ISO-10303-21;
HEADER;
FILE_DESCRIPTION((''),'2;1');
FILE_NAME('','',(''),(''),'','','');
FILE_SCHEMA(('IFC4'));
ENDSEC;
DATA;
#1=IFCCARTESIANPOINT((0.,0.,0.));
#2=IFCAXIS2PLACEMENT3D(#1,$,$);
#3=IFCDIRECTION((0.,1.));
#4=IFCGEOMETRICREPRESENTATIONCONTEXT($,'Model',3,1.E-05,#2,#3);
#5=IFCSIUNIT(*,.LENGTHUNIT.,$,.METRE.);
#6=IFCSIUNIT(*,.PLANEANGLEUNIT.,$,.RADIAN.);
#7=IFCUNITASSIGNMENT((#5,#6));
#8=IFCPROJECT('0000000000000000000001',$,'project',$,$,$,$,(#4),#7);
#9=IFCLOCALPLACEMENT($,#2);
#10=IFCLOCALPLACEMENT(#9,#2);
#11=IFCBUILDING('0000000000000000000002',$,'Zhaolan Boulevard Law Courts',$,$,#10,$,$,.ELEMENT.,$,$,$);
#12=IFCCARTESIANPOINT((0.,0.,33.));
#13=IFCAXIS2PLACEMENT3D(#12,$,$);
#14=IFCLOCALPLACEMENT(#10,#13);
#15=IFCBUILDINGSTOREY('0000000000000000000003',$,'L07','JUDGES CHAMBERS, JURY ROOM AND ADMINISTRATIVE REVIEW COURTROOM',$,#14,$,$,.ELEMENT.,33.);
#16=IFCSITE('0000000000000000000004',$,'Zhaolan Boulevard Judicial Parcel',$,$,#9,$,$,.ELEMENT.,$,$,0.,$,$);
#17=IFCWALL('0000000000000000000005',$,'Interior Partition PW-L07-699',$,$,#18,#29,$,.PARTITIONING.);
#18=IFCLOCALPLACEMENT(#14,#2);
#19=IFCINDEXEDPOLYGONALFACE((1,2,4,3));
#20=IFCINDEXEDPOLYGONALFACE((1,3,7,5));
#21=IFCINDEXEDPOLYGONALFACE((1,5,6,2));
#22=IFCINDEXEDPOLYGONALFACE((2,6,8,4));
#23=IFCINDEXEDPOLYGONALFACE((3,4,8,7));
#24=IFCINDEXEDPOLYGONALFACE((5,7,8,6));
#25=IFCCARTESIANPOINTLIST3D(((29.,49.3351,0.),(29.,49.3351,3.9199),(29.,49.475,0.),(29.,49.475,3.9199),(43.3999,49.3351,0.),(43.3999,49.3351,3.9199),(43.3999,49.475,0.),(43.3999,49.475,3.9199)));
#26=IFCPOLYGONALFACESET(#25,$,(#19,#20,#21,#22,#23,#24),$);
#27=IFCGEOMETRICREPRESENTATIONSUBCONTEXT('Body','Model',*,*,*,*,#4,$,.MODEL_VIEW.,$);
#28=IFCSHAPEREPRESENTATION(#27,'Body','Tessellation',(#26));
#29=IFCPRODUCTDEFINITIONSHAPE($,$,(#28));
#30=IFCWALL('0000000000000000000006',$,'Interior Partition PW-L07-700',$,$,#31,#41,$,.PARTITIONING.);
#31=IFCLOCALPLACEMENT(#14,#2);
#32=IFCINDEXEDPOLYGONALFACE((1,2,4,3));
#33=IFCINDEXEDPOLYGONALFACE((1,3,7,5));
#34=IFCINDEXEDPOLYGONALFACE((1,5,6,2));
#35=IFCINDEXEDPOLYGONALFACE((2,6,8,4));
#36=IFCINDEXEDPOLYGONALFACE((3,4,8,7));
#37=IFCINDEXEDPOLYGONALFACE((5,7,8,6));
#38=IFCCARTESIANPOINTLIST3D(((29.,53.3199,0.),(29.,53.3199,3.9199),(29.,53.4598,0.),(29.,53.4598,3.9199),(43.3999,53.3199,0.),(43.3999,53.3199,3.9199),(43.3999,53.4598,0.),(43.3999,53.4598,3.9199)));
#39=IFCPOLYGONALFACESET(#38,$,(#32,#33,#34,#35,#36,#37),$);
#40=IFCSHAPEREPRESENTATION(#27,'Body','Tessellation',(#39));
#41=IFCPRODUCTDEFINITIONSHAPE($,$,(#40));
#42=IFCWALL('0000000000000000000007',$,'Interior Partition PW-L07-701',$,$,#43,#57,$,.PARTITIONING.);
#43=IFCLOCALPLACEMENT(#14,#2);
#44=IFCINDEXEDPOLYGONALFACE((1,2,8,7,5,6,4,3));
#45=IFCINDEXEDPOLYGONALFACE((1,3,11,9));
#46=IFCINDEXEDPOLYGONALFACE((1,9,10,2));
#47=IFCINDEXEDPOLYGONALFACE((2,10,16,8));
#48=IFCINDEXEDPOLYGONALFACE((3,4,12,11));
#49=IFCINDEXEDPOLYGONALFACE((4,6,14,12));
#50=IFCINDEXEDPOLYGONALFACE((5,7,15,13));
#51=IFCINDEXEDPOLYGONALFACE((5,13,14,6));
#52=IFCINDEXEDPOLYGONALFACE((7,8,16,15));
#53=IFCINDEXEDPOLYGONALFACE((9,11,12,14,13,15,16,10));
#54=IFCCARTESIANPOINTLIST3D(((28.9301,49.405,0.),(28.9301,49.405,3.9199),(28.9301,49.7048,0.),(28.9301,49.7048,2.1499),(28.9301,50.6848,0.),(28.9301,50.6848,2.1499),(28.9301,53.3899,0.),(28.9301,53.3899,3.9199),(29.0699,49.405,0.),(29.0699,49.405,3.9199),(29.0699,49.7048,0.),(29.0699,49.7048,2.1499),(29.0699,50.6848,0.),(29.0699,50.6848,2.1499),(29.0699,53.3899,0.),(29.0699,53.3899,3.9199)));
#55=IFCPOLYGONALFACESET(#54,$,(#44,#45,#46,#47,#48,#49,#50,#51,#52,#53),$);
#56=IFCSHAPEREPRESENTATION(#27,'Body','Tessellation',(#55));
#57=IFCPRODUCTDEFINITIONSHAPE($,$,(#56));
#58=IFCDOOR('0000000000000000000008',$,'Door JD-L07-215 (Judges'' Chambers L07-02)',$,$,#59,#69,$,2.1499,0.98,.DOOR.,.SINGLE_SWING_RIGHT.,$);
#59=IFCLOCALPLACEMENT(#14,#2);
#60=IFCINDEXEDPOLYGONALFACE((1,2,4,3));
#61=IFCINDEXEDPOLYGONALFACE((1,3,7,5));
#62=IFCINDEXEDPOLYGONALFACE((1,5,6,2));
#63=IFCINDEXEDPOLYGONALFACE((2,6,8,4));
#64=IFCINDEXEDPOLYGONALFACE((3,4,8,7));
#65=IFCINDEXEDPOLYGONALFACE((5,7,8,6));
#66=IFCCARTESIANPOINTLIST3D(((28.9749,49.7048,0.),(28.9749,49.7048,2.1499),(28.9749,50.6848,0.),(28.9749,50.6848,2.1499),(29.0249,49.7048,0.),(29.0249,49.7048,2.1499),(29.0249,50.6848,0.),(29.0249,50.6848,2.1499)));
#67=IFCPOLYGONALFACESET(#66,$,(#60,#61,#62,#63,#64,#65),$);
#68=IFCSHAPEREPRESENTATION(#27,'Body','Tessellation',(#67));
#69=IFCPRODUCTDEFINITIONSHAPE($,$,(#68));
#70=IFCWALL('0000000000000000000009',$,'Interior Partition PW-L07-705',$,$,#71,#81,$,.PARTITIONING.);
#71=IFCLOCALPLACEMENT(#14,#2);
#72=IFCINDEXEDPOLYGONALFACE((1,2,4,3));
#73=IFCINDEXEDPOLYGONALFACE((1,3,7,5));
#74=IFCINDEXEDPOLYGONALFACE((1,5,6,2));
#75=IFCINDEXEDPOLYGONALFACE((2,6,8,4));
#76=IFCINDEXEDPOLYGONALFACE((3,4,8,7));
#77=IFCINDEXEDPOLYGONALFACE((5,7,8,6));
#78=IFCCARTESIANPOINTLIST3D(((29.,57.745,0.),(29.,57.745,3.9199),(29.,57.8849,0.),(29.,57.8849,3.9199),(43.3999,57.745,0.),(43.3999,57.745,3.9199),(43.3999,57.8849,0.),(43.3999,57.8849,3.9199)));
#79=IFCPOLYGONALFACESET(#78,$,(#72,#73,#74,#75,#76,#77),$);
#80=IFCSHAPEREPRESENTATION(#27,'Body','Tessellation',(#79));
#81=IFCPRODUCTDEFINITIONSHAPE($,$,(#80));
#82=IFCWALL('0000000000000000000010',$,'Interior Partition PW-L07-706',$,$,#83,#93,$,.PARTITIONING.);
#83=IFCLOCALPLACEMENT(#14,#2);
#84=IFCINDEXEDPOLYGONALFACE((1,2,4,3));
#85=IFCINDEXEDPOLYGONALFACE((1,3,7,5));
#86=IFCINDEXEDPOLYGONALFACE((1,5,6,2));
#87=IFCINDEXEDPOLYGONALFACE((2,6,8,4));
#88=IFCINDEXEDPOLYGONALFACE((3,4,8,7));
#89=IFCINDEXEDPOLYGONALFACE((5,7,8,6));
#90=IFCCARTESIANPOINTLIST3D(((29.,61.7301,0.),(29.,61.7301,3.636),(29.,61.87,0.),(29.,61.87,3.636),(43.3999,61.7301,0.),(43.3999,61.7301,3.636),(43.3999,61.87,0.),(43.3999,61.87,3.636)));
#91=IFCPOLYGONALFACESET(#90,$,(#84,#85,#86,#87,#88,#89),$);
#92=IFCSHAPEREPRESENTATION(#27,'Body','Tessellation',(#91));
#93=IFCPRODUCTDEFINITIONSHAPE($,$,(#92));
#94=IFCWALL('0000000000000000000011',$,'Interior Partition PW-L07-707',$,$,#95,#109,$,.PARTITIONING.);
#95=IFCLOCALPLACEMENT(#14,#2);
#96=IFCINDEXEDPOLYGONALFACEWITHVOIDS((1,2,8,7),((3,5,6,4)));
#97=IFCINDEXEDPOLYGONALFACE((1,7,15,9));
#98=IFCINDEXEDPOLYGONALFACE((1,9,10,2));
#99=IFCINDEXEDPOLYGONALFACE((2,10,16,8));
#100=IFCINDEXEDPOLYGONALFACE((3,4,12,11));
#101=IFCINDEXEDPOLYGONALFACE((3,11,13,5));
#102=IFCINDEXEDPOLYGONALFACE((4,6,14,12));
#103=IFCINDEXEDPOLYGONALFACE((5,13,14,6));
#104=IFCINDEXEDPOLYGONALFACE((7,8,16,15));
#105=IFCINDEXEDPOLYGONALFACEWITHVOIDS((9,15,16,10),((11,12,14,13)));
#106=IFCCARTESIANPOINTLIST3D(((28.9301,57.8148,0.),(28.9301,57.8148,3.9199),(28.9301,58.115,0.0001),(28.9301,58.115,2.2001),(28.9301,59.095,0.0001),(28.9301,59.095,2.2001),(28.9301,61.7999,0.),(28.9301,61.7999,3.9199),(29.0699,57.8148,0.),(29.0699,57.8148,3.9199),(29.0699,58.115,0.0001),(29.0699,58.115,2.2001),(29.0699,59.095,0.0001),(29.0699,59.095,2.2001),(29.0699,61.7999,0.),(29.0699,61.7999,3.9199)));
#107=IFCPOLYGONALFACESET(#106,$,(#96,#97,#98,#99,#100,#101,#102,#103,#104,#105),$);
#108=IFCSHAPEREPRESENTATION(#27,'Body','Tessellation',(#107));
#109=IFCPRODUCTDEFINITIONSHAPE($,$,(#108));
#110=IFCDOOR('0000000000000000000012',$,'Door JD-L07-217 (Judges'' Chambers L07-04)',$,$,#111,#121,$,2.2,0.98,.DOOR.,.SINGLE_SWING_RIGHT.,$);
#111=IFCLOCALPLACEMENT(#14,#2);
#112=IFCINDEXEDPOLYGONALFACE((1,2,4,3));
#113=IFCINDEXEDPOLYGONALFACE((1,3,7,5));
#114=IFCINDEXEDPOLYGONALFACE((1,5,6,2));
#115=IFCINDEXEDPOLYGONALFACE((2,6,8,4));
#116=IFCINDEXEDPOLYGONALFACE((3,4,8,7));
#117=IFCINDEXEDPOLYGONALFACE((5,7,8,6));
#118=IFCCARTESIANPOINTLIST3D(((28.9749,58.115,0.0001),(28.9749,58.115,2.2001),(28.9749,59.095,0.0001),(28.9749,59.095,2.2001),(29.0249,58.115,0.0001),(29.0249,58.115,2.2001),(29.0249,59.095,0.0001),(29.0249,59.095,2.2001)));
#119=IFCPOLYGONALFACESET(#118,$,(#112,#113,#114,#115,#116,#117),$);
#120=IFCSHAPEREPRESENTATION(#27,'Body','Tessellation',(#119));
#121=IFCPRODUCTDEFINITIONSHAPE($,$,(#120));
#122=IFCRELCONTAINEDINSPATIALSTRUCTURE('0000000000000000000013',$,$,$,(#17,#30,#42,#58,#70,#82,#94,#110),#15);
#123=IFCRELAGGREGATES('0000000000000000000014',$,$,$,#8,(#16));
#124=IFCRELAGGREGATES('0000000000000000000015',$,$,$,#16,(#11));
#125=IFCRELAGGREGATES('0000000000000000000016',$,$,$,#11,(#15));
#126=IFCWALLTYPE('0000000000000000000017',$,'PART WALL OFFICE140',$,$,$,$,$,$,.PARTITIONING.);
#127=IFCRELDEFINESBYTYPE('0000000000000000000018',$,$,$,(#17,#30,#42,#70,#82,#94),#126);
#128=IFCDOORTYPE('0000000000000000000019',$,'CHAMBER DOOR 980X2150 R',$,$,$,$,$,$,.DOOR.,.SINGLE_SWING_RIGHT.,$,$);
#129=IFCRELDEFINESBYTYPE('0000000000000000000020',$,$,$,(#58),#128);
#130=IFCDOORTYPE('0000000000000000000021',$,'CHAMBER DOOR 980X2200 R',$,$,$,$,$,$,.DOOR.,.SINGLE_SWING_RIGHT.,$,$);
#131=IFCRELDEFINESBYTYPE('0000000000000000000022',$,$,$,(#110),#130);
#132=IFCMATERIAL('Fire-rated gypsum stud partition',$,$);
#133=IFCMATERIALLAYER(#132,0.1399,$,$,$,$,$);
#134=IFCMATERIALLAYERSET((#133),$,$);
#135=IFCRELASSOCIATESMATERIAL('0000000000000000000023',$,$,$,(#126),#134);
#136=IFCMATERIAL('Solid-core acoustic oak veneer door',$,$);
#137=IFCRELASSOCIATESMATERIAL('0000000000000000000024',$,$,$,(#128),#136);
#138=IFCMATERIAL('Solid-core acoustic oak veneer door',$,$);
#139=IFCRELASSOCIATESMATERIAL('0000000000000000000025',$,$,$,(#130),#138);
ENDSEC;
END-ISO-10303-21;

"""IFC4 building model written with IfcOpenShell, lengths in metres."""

from ifc_helpers import new_model, si_unit, direction, frame, frame_2d, origin, place, context, subcontext, project, spatial, rectangle, extrude, material, layer, layer_set, type_object, element, fill, save


model = new_model("IFC4")

# Units and contexts
model_context = context("Model", 3, precision=1e-05, world=origin(), true_north=direction((0.0, 1.0)))
body_context = subcontext(model_context, "Body", "Model", "MODEL_VIEW")
ifc_project = project(units=[si_unit("LENGTHUNIT", "METRE"), si_unit("PLANEANGLEUNIT", "RADIAN")], contexts=[model_context])

# Site, building, storey
site_placement = place(None, origin())
site = spatial("IfcSite", under=ifc_project, at=site_placement, Name="Zhaolan Boulevard Judicial Parcel", CompositionType="ELEMENT", RefElevation=0.0)
building_placement = place(site_placement, origin())
building = spatial("IfcBuilding", under=site, at=building_placement, Name="Zhaolan Boulevard Law Courts", CompositionType="ELEMENT")
storey_placement = place(building_placement, frame((0.0, 0.0, 33.0)))
storey = spatial("IfcBuildingStorey", under=building, at=storey_placement, Name="L07", Description="JUDGES CHAMBERS, JURY ROOM AND ADMINISTRATIVE REVIEW COURTROOM", CompositionType="ELEMENT", Elevation=33.0)

# Walls
ifc_material_1 = material(Name="Fire-rated gypsum stud partition")
ifc_layer_1 = layer(ifc_material_1, 0.1399)
ifc_layer_set_1 = layer_set([ifc_layer_1])
wall_type_1 = type_object("IfcWallType", Name="PART WALL OFFICE140", PredefinedType="PARTITIONING", material=ifc_layer_set_1)
for number, where, z_axis, x_axis, name in (
    (1, (29.0, 49.405, 0.0), (0.0, 0.0, 1.0), (1.0, 0.0, 0.0), "Interior Partition PW-L07-699"),
    (2, (43.3999, 53.3899, 0.0), (0.0, 0.0, 1.0), (-1.0, 0.0, 0.0), "Interior Partition PW-L07-700"),
):
    element("IfcWall", number, at=place(storey_placement, frame(where, z_axis=z_axis, x_axis=x_axis)), inside=storey, type_object=wall_type_1, Name=name, PredefinedType="PARTITIONING", context=body_context, shape_type="SweptSolid", body=[
        extrude(rectangle(XDim=14.3999, YDim=0.1399, at=frame_2d((7.2, 0.0))), origin(), (0.0, 0.0, 1.0), 3.9199),
    ])

# Wall, opening, door
wall_1_placement = place(storey_placement, frame((29.0, 53.3899, 0.0), z_axis=(0.0, 0.0, 1.0), x_axis=(0.0, -1.0, 0.0)))
wall_1 = element("IfcWall", 3, at=wall_1_placement, inside=storey, type_object=wall_type_1, Name="Interior Partition PW-L07-701", PredefinedType="PARTITIONING", context=body_context, shape_type="SweptSolid", body=[
    extrude(rectangle(XDim=3.9849, YDim=0.1399, at=frame_2d((1.9924, 0.0))), origin(), (0.0, 0.0, 1.0), 3.9199),
])
opening_1_placement = place(wall_1_placement, frame((2.7051, 0.0, 0.0)))
opening_1 = element("IfcOpeningElement", 4, at=opening_1_placement, cuts=wall_1, PredefinedType="OPENING", context=body_context, shape_type="SweptSolid", body=[
    extrude(rectangle(XDim=0.98, YDim=2.1499, at=frame_2d((0.49, 1.075))), frame((0.0, 0.0798, 0.0), z_axis=(0.0, -1.0, 0.0), x_axis=(1.0, 0.0, 0.0)), (0.0, 0.0, 1.0), 0.1599),
])
ifc_material_2 = material(Name="Solid-core acoustic oak veneer door")
door_type_1 = type_object("IfcDoorType", Name="CHAMBER DOOR 980X2150 R", OperationType="SINGLE_SWING_RIGHT", PredefinedType="DOOR", material=ifc_material_2)
door_1_placement = place(opening_1_placement, origin())
door_1 = element("IfcDoor", 5, at=door_1_placement, inside=storey, type_object=door_type_1, Name="Door JD-L07-215 (Judges' Chambers L07-02)", OperationType="SINGLE_SWING_RIGHT", OverallHeight=2.1499, OverallWidth=0.98, PredefinedType="DOOR", context=body_context, shape_type="SweptSolid", body=[
    extrude(rectangle(XDim=0.98, YDim=2.1499, at=frame_2d((0.49, 1.075))), frame((0.0, 0.0249, 0.0), z_axis=(0.0, -1.0, 0.0), x_axis=(1.0, 0.0, 0.0)), (0.0, 0.0, 1.0), 0.05),
])
fill(opening_1, door_1)

# Walls
wall_2_placement = place(storey_placement, frame((29.0, 57.8149, 0.0), z_axis=(0.0, 0.0, 1.0), x_axis=(1.0, 0.0, 0.0)))
element("IfcWall", 6, at=wall_2_placement, inside=storey, type_object=wall_type_1, Name="Interior Partition PW-L07-705", PredefinedType="PARTITIONING", context=body_context, shape_type="SweptSolid", body=[
    extrude(rectangle(XDim=14.3999, YDim=0.1399, at=frame_2d((7.2, 0.0))), origin(), (0.0, 0.0, 1.0), 3.9199),
])
wall_3_placement = place(storey_placement, frame((43.3999, 61.8, 0.0), z_axis=(0.0, 0.0, 1.0), x_axis=(-1.0, 0.0, 0.0)))
element("IfcWall", 7, at=wall_3_placement, inside=storey, type_object=wall_type_1, Name="Interior Partition PW-L07-706", PredefinedType="PARTITIONING", context=body_context, shape_type="SweptSolid", body=[
    extrude(rectangle(XDim=14.3999, YDim=0.1399, at=frame_2d((7.2, 0.0))), origin(), (0.0, 0.0, 1.0), 3.636),
])

# Wall, opening, door
wall_4_placement = place(storey_placement, frame((29.0, 61.8, 0.0), z_axis=(0.0, 0.0, 1.0), x_axis=(0.0, -1.0, 0.0)))
wall_4 = element("IfcWall", 8, at=wall_4_placement, inside=storey, type_object=wall_type_1, Name="Interior Partition PW-L07-707", PredefinedType="PARTITIONING", context=body_context, shape_type="SweptSolid", body=[
    extrude(rectangle(XDim=3.9851, YDim=0.1399, at=frame_2d((1.9927, 0.0))), origin(), (0.0, 0.0, 1.0), 3.9199),
])
opening_2_placement = place(wall_4_placement, frame((2.7051, 0.0, 0.0)))
opening_2 = element("IfcOpeningElement", 9, at=opening_2_placement, cuts=wall_4, PredefinedType="OPENING", context=body_context, shape_type="SweptSolid", body=[
    extrude(rectangle(XDim=0.98, YDim=2.2, at=frame_2d((0.49, 1.1001))), frame((0.0, 0.0798, 0.0), z_axis=(0.0, -1.0, 0.0), x_axis=(1.0, 0.0, 0.0)), (0.0, 0.0, 1.0), 0.1599),
])
ifc_material_3 = material(Name="Solid-core acoustic oak veneer door")
door_type_2 = type_object("IfcDoorType", Name="CHAMBER DOOR 980X2200 R", OperationType="SINGLE_SWING_RIGHT", PredefinedType="DOOR", material=ifc_material_3)
door_2_placement = place(opening_2_placement, origin())
door_2 = element("IfcDoor", 10, at=door_2_placement, inside=storey, type_object=door_type_2, Name="Door JD-L07-217 (Judges' Chambers L07-04)", OperationType="SINGLE_SWING_RIGHT", OverallHeight=2.2, OverallWidth=0.98, PredefinedType="DOOR", context=body_context, shape_type="SweptSolid", body=[
    extrude(rectangle(XDim=0.98, YDim=2.2, at=frame_2d((0.49, 1.1001))), frame((0.0, 0.0249, 0.0), z_axis=(0.0, -1.0, 0.0), x_axis=(1.0, 0.0, 0.0)), (0.0, 0.0, 1.0), 0.05),
])
fill(opening_2, door_2)

save(model, "model.ifc")
